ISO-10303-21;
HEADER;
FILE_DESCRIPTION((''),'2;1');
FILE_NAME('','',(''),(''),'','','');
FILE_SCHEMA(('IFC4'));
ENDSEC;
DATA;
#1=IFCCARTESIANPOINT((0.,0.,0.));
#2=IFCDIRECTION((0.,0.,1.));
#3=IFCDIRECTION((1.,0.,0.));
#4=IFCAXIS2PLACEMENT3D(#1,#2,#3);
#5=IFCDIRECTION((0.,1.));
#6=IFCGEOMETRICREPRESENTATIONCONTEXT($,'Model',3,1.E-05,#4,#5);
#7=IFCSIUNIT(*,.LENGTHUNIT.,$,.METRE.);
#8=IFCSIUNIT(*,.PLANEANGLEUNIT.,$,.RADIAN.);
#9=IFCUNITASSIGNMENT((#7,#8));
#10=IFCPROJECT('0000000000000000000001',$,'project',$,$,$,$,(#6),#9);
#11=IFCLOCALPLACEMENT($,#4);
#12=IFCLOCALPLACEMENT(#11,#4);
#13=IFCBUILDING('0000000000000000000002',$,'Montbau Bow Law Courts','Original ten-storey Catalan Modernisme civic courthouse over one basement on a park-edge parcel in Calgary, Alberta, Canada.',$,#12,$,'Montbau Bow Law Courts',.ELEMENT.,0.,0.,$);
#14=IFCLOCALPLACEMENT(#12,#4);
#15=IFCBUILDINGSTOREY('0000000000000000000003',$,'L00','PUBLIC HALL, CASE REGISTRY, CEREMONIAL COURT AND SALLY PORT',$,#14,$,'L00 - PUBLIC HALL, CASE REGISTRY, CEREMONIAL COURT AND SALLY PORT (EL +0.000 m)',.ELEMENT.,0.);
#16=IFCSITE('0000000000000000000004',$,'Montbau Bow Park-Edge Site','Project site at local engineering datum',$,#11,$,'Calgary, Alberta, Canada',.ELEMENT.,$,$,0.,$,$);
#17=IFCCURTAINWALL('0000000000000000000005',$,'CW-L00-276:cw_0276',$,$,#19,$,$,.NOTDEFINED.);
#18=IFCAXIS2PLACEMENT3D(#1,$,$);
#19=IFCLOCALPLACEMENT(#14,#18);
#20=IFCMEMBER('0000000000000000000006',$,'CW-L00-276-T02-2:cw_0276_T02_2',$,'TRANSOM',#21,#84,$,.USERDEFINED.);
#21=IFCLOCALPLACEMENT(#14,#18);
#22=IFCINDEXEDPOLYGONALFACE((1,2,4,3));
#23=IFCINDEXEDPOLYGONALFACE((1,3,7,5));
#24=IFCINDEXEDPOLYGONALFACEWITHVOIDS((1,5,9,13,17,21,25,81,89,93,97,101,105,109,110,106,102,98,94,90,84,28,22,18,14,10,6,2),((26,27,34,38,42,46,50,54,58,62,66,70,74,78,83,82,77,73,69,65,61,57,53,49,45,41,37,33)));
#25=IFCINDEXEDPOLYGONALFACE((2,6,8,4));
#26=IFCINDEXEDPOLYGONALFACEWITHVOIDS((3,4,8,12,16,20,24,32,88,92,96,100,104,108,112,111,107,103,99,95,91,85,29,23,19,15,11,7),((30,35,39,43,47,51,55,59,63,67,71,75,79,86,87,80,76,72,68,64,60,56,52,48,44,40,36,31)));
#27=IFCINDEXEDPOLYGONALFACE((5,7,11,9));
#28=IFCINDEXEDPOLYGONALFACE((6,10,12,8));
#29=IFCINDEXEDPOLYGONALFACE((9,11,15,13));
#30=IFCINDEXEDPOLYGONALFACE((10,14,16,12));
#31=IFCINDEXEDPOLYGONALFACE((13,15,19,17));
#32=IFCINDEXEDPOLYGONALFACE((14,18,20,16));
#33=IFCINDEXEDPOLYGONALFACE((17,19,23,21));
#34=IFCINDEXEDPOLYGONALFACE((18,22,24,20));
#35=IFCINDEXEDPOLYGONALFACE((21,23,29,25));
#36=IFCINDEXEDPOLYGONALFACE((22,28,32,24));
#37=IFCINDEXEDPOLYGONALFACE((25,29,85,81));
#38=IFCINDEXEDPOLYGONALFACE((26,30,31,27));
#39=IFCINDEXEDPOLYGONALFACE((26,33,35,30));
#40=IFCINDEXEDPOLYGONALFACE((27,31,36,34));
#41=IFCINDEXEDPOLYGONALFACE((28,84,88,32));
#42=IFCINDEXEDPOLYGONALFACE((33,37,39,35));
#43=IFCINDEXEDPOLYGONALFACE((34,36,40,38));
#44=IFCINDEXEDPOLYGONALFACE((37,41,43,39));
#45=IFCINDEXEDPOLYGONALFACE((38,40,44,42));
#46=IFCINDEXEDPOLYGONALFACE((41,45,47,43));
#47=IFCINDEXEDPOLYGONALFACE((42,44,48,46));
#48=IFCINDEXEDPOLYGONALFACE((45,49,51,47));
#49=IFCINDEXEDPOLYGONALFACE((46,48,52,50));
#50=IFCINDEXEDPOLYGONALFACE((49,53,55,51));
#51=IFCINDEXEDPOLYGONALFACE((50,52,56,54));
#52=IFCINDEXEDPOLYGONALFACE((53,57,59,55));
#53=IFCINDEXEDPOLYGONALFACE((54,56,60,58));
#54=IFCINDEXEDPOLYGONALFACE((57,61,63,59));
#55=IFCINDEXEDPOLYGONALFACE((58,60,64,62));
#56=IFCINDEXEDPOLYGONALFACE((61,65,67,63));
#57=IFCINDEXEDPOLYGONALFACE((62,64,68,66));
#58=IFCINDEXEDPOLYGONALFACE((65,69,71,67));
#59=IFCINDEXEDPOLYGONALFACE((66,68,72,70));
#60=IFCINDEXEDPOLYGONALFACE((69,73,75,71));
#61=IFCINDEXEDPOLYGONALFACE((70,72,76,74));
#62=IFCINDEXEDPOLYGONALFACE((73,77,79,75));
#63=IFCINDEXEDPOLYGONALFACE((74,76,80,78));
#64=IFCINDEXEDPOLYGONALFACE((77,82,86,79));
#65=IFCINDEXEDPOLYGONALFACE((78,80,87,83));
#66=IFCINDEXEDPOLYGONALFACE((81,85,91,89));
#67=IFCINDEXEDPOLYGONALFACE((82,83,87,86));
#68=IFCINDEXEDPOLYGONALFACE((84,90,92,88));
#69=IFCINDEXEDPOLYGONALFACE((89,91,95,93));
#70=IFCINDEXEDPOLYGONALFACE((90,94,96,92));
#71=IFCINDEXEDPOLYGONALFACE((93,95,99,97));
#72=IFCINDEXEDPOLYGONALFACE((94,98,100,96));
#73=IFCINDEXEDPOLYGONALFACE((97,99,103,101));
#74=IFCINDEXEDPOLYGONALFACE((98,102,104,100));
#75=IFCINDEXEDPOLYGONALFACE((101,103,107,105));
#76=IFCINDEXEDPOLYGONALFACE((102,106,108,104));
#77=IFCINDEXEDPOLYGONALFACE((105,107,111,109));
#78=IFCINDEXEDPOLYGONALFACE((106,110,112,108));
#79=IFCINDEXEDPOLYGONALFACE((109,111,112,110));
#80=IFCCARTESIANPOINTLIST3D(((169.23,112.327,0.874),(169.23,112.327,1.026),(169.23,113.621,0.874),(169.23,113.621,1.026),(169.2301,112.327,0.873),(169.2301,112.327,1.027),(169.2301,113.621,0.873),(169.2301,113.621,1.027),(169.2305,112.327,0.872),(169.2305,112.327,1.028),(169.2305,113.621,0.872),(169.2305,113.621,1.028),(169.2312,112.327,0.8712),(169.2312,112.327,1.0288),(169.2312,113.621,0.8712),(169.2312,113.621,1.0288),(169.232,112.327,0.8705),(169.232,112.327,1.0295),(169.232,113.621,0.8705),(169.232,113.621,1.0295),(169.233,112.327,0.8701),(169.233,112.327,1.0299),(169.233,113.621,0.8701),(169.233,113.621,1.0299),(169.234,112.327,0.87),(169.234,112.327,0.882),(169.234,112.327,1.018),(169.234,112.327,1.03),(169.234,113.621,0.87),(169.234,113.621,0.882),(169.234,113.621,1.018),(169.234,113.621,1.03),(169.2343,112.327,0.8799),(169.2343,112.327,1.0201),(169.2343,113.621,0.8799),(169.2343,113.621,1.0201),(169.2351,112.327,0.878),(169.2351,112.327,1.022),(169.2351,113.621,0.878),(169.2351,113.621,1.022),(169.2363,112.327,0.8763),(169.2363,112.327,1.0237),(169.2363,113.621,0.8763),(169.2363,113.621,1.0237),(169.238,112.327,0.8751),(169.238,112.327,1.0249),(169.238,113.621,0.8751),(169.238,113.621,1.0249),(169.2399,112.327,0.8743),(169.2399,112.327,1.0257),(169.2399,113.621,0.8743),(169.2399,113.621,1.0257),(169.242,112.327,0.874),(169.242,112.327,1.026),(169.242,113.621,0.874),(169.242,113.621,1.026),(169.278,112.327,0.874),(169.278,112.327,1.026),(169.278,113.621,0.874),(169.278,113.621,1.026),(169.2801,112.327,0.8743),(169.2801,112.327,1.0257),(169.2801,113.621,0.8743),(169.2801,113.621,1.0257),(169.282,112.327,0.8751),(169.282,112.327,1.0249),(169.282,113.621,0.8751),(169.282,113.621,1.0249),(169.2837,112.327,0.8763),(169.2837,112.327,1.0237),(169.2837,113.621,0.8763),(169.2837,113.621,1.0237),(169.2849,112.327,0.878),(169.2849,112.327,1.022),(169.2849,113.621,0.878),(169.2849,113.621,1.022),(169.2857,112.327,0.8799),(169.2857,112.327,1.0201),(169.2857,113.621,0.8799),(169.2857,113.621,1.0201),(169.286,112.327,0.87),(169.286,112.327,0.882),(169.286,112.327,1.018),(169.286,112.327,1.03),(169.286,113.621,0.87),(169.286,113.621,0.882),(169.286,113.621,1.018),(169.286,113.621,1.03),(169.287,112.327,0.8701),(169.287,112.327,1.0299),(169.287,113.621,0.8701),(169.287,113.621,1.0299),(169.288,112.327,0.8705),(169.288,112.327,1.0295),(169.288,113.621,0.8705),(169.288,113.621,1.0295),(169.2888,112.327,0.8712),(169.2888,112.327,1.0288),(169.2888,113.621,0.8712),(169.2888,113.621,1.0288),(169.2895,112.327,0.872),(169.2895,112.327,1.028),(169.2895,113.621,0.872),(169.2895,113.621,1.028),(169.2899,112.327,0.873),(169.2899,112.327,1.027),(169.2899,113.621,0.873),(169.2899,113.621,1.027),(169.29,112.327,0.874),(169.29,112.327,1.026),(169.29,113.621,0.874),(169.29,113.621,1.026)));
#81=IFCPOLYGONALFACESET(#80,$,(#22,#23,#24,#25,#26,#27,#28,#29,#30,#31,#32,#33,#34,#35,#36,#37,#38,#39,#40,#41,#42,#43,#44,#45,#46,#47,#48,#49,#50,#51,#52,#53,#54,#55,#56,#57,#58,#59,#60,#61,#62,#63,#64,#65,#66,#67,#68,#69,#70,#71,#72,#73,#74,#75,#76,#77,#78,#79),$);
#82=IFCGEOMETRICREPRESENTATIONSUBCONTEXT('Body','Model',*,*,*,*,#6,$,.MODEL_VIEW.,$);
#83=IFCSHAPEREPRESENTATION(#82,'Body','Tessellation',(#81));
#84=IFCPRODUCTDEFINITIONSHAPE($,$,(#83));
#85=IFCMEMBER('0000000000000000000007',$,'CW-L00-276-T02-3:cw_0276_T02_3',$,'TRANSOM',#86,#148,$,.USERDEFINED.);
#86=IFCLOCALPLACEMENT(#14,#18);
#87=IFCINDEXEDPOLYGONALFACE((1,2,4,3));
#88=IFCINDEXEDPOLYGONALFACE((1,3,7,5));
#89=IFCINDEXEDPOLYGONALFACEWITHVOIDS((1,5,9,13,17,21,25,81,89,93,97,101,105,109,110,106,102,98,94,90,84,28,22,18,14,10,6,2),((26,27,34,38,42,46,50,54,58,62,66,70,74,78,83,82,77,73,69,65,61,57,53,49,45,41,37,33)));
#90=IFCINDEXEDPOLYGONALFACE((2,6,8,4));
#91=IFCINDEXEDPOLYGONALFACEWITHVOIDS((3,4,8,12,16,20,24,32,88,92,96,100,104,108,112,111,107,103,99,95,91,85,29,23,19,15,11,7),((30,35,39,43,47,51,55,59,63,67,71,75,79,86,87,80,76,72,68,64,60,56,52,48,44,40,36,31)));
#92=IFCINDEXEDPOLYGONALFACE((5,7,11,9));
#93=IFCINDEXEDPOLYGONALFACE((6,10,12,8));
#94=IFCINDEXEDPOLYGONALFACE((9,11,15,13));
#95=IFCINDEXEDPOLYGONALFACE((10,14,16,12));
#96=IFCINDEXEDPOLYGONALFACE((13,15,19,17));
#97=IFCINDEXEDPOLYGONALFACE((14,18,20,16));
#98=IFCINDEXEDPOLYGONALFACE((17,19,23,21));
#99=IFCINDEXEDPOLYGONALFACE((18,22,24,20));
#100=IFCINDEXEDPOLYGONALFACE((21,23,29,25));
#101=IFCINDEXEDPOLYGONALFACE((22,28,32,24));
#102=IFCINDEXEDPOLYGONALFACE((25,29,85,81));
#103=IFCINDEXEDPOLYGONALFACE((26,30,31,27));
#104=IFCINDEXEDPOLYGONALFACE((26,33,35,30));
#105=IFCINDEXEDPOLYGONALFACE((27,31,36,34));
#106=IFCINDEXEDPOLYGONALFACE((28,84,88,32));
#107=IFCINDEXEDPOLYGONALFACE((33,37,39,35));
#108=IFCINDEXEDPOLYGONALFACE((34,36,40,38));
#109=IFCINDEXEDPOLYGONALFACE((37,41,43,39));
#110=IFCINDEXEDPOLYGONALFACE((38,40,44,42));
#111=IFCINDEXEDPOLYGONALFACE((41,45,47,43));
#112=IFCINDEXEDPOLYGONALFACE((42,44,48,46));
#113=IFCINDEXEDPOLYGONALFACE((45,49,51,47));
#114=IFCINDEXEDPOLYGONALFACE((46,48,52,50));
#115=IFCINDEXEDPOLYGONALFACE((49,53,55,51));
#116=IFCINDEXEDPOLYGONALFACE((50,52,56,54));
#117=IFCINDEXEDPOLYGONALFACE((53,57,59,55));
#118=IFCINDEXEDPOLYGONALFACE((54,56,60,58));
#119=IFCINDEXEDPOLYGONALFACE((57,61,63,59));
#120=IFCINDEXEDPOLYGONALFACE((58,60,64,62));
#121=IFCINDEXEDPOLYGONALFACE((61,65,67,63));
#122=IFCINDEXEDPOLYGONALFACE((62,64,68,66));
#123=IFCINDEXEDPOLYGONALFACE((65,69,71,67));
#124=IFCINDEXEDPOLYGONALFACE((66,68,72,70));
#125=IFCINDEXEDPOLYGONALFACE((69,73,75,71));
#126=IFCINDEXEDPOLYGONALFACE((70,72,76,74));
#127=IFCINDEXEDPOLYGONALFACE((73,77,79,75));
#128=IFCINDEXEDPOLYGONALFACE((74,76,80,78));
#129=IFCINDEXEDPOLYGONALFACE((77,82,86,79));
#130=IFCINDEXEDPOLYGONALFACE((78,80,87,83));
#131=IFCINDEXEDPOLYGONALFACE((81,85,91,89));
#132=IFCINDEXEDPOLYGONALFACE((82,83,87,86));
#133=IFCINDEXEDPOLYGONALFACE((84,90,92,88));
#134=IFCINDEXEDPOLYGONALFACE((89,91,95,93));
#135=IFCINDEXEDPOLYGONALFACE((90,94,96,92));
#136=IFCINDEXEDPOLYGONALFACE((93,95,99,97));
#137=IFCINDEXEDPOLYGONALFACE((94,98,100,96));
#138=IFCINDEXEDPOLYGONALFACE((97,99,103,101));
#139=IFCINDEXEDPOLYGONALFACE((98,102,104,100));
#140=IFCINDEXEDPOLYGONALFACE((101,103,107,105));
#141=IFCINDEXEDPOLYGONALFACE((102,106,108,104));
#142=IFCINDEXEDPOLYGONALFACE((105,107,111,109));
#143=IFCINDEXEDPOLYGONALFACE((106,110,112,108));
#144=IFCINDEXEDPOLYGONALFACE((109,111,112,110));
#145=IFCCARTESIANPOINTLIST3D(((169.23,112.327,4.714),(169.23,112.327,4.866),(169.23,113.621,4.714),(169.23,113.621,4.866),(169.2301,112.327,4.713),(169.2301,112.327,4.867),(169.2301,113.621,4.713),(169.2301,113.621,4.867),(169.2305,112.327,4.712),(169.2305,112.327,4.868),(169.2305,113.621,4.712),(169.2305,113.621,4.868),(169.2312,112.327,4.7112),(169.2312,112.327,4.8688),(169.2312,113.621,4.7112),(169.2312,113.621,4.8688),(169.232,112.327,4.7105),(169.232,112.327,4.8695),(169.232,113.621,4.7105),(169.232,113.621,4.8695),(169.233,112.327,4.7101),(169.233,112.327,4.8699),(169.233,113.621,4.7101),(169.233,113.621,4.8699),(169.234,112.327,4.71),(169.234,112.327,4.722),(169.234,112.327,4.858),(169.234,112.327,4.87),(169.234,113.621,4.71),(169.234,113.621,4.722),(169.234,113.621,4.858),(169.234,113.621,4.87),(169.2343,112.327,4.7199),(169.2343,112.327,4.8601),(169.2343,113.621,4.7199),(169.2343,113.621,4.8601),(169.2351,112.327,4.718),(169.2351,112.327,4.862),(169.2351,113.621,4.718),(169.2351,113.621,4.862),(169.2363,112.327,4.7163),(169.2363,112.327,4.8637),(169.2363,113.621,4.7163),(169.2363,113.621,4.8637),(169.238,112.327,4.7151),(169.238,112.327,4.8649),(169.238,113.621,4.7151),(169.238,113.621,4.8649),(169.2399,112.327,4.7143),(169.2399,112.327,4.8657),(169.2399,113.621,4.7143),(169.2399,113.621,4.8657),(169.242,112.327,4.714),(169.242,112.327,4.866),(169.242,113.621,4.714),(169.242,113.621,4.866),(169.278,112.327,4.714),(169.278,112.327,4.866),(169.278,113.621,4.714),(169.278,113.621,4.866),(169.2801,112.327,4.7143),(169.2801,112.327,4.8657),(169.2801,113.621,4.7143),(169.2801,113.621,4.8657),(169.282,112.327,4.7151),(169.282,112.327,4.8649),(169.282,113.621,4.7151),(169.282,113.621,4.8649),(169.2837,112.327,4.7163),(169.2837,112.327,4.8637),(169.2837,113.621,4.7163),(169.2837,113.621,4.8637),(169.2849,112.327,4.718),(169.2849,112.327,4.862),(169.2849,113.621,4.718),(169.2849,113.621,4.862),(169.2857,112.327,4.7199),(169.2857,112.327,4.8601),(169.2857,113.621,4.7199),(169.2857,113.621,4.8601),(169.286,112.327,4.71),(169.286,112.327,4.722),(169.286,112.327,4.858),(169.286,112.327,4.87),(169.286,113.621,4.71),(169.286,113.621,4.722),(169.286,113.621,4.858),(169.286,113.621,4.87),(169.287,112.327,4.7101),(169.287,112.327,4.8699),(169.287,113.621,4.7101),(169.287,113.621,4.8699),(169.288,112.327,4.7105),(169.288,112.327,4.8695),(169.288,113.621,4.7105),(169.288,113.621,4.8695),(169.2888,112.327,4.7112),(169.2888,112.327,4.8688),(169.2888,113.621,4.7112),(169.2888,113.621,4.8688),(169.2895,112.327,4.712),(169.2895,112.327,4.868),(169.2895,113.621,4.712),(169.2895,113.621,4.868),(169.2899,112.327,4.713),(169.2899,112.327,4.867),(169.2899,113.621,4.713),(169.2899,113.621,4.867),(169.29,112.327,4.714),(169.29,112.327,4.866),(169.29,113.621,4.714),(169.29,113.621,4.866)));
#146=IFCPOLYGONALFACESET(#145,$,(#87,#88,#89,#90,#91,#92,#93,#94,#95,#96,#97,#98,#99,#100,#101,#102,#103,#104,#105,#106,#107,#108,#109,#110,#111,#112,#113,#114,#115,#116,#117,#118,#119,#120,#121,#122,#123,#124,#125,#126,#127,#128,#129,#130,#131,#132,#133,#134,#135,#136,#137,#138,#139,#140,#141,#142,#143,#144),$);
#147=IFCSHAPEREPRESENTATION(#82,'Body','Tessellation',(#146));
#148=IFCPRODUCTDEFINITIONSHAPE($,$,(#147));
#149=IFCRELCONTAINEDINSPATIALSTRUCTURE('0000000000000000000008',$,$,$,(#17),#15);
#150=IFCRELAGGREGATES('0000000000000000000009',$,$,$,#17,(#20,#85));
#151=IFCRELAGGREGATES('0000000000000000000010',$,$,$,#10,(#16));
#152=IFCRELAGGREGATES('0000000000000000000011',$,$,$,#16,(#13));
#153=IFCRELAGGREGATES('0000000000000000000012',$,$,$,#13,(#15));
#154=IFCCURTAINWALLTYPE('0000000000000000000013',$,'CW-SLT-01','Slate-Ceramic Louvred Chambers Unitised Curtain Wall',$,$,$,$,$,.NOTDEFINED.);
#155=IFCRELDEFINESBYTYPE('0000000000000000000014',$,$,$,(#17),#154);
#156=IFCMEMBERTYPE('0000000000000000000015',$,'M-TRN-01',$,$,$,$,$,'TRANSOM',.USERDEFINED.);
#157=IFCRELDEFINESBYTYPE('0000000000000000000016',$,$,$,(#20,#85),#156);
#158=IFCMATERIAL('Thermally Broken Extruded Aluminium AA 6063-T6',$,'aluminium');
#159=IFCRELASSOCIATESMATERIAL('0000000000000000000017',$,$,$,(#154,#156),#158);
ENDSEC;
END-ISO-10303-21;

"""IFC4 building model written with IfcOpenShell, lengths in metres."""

from ifc_helpers import new_model, si_unit, direction, frame, origin_with_axes, origin_2d_with_axis, place, context, subcontext, project, spatial, hollow_rectangle, extrude, material, material_profile, profile_set, type_object, element, aggregate, save


model = new_model("IFC4")

# Units and contexts
model_context = context("Model", 3, precision=1e-05, world=origin_with_axes(), true_north=direction((0.0, 1.0)))
body_context = subcontext(model_context, "Body", "Model", "MODEL_VIEW")
ifc_project = project(units=[si_unit("LENGTHUNIT", "METRE"), si_unit("PLANEANGLEUNIT", "RADIAN")], contexts=[model_context])

# Site, building, storey
site_placement = place(None, origin_with_axes())
site = spatial("IfcSite", under=ifc_project, at=site_placement, Name="Montbau Bow Park-Edge Site", Description="Project site at local engineering datum", LongName="Calgary, Alberta, Canada", CompositionType="ELEMENT", RefElevation=0.0)
building_placement = place(site_placement, origin_with_axes())
building = spatial("IfcBuilding", under=site, at=building_placement, Name="Montbau Bow Law Courts", Description="Original ten-storey Catalan Modernisme civic courthouse over one basement on a park-edge parcel in Calgary, Alberta, Canada.", LongName="Montbau Bow Law Courts", CompositionType="ELEMENT", ElevationOfRefHeight=0.0, ElevationOfTerrain=0.0)
storey_placement = place(building_placement, origin_with_axes())
storey = spatial("IfcBuildingStorey", under=building, at=storey_placement, Name="L00", Description="PUBLIC HALL, CASE REGISTRY, CEREMONIAL COURT AND SALLY PORT", LongName="L00 - PUBLIC HALL, CASE REGISTRY, CEREMONIAL COURT AND SALLY PORT (EL +0.000 m)", CompositionType="ELEMENT", Elevation=0.0)

# Curtain wall, members
ifc_material_1 = material(Name="Thermally Broken Extruded Aluminium AA 6063-T6", Category="aluminium")
curtain_wall_type = type_object("IfcCurtainWallType", Name="CW-SLT-01", Description="Slate-Ceramic Louvred Chambers Unitised Curtain Wall", PredefinedType="NOTDEFINED", material=ifc_material_1)
curtain_wall_placement = place(None, frame((169.26, 110.915, 0.0), z_axis=(0.0, 0.0, 1.0), x_axis=(1.0, 0.0, 0.0)))
curtain_wall = element("IfcCurtainWall", 1, at=curtain_wall_placement, inside=storey, type_object=curtain_wall_type, Name="CW-L00-276:cw_0276", PredefinedType="NOTDEFINED")
ifc_material_profile_1 = material_profile(ifc_material_1, hollow_rectangle(XDim=0.06, YDim=0.16, WallThickness=0.004, InnerFilletRadius=0.008, OuterFilletRadius=0.004, at=origin_2d_with_axis()), Name="CWT-160X60", Category="Main", Priority=0)
ifc_profile_set_1 = profile_set([ifc_material_profile_1], Name="Thermally Broken Extruded Aluminium AA 6063-T6")
member_type_1 = type_object("IfcMemberType", Name="M-TRN-01", ElementType="TRANSOM", PredefinedType="USERDEFINED", material=ifc_profile_set_1)
member_1_placement = place(None, frame((169.26, 112.327, 0.95), z_axis=(0.0, 1.0, 0.0), x_axis=(-1.0, 0.0, 0.0)))
member_1 = element("IfcMember", 2, at=member_1_placement, type_object=member_type_1, Name="CW-L00-276-T02-2:cw_0276_T02_2", ObjectType="TRANSOM", PredefinedType="USERDEFINED", context=body_context, shape_type="SweptSolid", body=[
    extrude(hollow_rectangle(XDim=0.06, YDim=0.16, WallThickness=0.004, InnerFilletRadius=0.008, OuterFilletRadius=0.004, at=origin_2d_with_axis()), origin_with_axes(), (0.0, 0.0, 1.0), 1.294),
])
member_2_placement = place(None, frame((169.26, 112.327, 4.79), z_axis=(0.0, 1.0, 0.0), x_axis=(-1.0, 0.0, 0.0)))
member_2 = element("IfcMember", 3, at=member_2_placement, type_object=member_type_1, Name="CW-L00-276-T02-3:cw_0276_T02_3", ObjectType="TRANSOM", PredefinedType="USERDEFINED", context=body_context, shape_type="SweptSolid", body=[
    extrude(hollow_rectangle(XDim=0.06, YDim=0.16, WallThickness=0.004, InnerFilletRadius=0.008, OuterFilletRadius=0.004, at=origin_2d_with_axis()), origin_with_axes(), (0.0, 0.0, 1.0), 1.294),
])
aggregate(curtain_wall, [member_1, member_2])

save(model, "model.ifc")
